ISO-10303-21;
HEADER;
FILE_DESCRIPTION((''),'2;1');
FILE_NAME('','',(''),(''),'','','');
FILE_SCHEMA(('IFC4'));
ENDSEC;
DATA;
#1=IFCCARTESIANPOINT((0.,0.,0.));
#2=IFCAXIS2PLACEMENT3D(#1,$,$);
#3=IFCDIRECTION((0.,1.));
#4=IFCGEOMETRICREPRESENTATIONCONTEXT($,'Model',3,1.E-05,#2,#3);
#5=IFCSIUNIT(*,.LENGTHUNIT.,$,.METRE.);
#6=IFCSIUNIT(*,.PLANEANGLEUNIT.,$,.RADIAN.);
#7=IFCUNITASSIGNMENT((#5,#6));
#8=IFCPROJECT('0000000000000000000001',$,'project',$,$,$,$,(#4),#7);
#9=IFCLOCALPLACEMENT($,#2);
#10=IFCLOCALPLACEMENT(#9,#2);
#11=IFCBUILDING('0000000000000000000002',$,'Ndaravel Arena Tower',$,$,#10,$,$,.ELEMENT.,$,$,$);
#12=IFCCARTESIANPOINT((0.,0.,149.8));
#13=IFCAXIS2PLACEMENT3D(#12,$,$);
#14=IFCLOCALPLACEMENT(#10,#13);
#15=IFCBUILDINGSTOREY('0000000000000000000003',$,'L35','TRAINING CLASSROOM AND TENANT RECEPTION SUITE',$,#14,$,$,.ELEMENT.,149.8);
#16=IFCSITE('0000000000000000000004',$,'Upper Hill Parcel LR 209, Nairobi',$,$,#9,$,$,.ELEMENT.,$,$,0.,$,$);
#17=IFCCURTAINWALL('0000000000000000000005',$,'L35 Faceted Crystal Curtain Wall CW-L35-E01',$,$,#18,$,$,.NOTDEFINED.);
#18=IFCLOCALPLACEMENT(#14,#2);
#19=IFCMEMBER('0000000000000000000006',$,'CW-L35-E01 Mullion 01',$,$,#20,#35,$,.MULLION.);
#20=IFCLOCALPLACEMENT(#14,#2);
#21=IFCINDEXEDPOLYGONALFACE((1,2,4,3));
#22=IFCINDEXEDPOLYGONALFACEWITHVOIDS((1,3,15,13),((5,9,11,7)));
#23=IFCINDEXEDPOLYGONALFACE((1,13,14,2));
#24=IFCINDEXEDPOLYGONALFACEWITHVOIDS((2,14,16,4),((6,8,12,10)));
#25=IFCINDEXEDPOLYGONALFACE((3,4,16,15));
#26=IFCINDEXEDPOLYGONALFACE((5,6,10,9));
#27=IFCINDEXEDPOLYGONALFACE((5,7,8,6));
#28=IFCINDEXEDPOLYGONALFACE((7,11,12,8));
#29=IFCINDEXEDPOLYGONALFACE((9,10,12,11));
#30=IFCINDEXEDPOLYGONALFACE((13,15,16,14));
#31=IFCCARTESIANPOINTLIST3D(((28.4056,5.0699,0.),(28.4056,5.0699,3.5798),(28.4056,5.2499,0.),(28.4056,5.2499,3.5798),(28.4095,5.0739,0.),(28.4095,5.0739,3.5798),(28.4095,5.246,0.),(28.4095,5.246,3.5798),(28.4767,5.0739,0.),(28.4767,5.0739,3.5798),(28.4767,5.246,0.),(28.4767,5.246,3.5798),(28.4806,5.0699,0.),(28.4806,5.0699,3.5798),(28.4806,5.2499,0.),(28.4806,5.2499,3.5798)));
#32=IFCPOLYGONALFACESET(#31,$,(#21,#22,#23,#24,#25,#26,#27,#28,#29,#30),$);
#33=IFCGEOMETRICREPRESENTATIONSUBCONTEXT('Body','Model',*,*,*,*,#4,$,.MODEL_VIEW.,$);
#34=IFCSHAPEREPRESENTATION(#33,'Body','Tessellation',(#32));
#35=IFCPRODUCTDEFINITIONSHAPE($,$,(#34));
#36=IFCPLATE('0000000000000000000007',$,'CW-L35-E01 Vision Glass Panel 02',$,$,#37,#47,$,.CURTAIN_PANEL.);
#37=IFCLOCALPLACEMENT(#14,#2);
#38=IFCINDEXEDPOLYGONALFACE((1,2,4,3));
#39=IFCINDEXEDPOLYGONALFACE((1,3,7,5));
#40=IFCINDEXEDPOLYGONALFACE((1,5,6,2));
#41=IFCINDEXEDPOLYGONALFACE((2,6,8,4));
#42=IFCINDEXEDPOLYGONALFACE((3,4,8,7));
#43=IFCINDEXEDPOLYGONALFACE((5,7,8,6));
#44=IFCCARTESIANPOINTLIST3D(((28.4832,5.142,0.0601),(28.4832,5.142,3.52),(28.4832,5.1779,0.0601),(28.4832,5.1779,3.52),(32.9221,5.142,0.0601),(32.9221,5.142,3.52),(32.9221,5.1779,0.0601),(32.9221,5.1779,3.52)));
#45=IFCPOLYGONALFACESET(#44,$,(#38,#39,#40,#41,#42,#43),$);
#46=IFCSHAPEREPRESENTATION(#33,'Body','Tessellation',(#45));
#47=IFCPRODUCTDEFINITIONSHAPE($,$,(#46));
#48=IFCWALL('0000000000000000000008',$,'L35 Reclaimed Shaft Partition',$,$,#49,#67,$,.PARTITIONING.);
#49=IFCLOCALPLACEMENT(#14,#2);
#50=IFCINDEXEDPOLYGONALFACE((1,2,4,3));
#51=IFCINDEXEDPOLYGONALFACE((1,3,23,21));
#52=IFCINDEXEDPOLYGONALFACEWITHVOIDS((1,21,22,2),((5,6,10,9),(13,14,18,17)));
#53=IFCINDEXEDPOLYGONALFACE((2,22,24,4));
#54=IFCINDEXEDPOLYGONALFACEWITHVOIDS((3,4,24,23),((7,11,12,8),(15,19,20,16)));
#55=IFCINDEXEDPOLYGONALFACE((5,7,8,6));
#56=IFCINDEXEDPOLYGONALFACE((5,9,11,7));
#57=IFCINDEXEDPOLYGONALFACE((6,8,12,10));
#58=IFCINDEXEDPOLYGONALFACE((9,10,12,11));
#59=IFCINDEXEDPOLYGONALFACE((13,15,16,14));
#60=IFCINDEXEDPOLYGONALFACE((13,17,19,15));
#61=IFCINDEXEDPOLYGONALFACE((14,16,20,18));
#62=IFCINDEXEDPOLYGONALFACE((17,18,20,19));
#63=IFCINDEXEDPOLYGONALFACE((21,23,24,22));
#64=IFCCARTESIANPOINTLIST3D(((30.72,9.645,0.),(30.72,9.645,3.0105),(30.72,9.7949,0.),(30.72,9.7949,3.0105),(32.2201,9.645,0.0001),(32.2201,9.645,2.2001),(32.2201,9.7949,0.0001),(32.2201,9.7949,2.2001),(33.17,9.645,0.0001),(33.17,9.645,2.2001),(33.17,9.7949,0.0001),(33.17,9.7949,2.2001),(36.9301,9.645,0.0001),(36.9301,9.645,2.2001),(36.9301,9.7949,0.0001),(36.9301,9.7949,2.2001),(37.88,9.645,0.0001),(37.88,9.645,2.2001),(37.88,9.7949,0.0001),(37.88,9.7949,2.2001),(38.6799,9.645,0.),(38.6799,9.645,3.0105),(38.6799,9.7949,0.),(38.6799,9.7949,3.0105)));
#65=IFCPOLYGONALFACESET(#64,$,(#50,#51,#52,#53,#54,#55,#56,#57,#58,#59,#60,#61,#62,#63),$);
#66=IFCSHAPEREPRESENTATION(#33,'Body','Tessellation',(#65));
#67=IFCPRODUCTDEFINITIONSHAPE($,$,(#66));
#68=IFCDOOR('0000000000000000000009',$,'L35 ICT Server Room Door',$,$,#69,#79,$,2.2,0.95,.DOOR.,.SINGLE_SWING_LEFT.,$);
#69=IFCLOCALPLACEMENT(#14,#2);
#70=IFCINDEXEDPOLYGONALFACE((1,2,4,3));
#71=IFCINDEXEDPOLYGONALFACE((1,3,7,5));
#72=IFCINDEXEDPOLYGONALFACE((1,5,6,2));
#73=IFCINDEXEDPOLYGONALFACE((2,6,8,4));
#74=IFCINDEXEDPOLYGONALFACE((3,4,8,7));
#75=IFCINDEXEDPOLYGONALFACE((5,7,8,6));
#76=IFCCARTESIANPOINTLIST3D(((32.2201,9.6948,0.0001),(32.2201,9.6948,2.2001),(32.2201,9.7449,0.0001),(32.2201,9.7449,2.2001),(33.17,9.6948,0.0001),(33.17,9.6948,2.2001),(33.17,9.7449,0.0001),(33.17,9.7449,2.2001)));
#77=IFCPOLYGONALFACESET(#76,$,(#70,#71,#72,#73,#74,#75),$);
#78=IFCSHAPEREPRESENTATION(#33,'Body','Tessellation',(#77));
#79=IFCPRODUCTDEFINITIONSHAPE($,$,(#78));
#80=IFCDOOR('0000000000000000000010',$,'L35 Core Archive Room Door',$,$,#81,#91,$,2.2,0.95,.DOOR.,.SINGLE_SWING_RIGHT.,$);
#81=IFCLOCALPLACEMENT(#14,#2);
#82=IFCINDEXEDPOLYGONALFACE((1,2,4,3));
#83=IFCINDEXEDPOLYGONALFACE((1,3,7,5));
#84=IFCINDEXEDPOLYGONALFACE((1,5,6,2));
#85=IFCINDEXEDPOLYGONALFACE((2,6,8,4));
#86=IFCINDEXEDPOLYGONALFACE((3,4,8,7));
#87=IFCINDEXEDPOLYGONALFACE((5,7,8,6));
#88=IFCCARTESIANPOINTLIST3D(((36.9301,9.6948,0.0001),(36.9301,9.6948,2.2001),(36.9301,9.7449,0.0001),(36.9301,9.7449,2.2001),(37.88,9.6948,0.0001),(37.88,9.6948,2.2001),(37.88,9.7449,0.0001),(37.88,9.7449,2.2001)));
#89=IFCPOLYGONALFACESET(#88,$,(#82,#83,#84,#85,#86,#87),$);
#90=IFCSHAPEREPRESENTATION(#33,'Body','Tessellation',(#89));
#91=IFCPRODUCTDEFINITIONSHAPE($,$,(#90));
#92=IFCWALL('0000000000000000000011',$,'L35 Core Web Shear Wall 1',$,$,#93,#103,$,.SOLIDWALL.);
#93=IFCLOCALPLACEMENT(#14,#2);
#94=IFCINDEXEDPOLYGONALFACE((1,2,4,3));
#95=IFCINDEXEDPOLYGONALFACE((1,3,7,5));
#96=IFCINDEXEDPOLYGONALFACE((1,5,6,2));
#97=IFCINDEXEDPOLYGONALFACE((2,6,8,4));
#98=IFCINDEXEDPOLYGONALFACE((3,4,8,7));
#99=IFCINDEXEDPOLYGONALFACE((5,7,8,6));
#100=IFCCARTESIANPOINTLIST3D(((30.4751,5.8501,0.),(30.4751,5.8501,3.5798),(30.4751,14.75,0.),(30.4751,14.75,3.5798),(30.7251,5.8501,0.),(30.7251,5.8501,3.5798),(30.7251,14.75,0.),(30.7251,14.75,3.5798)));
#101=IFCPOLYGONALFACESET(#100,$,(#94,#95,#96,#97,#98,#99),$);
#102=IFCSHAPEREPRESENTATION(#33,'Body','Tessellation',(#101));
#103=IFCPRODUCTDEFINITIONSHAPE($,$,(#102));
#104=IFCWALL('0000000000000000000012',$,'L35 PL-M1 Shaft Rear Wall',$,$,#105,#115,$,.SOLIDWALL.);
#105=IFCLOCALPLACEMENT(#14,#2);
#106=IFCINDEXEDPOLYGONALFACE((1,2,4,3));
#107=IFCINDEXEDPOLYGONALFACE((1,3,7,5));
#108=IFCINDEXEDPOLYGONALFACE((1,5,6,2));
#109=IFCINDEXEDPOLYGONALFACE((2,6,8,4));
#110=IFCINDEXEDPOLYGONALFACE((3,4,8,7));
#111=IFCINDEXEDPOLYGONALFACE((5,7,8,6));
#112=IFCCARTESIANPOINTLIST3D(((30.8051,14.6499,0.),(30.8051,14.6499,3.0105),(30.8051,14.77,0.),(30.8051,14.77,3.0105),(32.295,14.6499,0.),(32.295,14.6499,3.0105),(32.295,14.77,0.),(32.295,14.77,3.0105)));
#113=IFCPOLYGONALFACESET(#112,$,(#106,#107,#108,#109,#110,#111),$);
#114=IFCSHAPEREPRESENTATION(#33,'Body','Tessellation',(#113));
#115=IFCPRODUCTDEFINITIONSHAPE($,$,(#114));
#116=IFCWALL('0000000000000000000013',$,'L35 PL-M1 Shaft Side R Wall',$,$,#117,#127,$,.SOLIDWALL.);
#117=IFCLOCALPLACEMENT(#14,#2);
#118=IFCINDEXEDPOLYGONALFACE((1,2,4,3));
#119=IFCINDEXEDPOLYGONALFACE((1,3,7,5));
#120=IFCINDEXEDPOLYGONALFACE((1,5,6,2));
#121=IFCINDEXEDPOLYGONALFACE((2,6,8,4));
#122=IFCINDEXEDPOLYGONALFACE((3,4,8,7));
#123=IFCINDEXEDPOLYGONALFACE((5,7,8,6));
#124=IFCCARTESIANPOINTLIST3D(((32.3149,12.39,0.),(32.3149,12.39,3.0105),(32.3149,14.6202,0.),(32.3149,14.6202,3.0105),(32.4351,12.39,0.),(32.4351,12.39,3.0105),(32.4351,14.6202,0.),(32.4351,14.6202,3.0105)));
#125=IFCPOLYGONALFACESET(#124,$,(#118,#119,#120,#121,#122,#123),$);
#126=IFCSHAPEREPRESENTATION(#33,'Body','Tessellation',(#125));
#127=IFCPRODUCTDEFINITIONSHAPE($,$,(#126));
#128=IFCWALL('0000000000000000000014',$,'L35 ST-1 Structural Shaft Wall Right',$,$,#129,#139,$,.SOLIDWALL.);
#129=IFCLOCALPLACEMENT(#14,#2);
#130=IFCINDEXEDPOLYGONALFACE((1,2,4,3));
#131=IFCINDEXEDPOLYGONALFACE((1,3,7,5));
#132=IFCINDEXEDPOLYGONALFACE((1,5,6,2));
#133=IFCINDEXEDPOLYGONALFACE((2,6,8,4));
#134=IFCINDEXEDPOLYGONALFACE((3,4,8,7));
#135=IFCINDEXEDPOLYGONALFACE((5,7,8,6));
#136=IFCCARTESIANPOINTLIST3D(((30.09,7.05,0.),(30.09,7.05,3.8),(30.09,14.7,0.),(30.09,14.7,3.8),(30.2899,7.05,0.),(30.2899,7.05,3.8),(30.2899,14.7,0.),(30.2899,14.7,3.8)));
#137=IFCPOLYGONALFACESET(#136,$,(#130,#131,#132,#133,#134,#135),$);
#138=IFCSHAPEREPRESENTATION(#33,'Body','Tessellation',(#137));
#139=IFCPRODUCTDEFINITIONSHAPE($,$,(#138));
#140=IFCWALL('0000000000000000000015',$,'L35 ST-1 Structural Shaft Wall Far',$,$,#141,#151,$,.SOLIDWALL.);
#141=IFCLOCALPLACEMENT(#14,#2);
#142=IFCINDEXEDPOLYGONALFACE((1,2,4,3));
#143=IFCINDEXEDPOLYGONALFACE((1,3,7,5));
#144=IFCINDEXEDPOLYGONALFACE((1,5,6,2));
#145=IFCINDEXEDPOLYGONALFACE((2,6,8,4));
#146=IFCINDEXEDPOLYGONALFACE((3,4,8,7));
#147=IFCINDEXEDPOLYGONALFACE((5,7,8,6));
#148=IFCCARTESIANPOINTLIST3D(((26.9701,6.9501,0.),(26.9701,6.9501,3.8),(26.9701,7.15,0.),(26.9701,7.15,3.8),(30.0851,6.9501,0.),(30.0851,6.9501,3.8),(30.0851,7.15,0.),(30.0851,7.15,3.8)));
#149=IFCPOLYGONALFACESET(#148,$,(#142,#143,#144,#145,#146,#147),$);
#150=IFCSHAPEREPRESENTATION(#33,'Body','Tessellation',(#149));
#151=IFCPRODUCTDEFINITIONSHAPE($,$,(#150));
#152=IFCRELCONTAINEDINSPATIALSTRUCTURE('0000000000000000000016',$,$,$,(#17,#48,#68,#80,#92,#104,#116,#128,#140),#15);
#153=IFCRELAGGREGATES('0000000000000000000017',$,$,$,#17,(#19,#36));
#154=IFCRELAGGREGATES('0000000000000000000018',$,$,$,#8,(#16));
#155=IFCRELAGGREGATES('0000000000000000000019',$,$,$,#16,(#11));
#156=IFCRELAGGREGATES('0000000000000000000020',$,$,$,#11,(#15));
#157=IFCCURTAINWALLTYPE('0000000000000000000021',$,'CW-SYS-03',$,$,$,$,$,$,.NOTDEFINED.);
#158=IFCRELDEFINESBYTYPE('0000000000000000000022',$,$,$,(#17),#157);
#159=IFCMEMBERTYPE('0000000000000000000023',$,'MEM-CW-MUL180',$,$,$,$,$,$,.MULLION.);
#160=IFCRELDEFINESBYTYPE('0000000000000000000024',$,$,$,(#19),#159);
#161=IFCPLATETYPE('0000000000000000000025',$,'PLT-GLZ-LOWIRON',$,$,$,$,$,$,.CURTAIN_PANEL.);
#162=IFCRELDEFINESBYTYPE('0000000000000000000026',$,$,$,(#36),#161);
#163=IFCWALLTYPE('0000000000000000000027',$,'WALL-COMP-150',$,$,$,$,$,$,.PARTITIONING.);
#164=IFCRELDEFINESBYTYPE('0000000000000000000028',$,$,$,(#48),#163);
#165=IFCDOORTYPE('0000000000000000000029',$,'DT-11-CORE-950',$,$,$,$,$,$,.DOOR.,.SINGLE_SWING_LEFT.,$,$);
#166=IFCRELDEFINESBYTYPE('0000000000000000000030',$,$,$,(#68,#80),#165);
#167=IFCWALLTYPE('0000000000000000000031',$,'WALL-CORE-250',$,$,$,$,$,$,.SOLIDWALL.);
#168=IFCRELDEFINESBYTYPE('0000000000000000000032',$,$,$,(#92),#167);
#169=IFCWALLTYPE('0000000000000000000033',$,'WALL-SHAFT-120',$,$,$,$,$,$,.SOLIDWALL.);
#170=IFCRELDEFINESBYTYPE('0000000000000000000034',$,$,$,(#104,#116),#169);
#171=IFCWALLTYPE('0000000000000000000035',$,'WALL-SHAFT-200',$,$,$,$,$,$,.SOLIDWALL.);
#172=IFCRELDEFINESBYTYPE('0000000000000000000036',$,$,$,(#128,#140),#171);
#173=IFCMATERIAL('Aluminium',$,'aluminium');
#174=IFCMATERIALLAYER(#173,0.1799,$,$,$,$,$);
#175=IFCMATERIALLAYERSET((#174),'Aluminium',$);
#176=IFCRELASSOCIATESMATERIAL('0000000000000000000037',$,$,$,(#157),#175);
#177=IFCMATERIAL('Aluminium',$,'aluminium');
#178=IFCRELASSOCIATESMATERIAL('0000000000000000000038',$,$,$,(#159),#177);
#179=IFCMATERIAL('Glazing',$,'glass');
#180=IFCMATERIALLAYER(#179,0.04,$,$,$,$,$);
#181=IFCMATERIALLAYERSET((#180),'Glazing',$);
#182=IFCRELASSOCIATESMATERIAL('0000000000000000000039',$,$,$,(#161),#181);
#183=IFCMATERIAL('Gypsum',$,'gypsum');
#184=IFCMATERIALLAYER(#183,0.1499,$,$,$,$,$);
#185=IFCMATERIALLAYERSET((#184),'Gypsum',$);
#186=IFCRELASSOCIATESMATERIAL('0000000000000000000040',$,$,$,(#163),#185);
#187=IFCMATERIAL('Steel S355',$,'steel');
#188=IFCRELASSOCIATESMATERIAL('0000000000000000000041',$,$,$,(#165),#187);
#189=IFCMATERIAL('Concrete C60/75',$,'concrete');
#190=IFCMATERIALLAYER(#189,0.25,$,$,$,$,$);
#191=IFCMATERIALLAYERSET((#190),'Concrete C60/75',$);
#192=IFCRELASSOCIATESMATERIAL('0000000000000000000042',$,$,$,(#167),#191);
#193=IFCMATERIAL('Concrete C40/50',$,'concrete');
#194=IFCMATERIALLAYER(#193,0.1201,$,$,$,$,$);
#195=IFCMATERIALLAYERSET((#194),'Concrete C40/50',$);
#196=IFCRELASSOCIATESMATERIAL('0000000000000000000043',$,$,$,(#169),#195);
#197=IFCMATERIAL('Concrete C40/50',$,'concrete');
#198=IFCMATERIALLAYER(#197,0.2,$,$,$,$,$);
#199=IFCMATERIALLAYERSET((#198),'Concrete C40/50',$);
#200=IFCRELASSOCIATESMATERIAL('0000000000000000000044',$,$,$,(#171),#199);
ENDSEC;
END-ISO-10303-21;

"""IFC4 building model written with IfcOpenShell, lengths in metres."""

from ifc_helpers import new_model, si_unit, direction, frame, frame_2d, origin, origin_2d, place, context, subcontext, project, spatial, rectangle, hollow_rectangle, extrude, material, layer, layer_set, material_profile, profile_set, type_object, element, fill, aggregate, save


model = new_model("IFC4")

# Units and contexts
model_context = context("Model", 3, precision=1e-05, world=origin(), true_north=direction((0.0, 1.0)))
body_context = subcontext(model_context, "Body", "Model", "MODEL_VIEW")
ifc_project = project(units=[si_unit("LENGTHUNIT", "METRE"), si_unit("PLANEANGLEUNIT", "RADIAN")], contexts=[model_context])

# Site, building, storey
site_placement = place(None, origin())
site = spatial("IfcSite", under=ifc_project, at=site_placement, Name="Upper Hill Parcel LR 209, Nairobi", CompositionType="ELEMENT", RefElevation=0.0)
building_placement = place(site_placement, origin())
building = spatial("IfcBuilding", under=site, at=building_placement, Name="Ndaravel Arena Tower", CompositionType="ELEMENT")
storey_placement = place(building_placement, frame((0.0, 0.0, 149.8)))
storey = spatial("IfcBuildingStorey", under=building, at=storey_placement, Name="L35", Description="TRAINING CLASSROOM AND TENANT RECEPTION SUITE", CompositionType="ELEMENT", Elevation=149.8)

# Curtain wall, member, plate
ifc_material_1 = material(Name="Aluminium", Category="aluminium")
ifc_layer_1 = layer(ifc_material_1, 0.1799)
ifc_layer_set_1 = layer_set([ifc_layer_1], Name="Aluminium")
curtain_wall_type = type_object("IfcCurtainWallType", Name="CW-SYS-03", PredefinedType="NOTDEFINED", material=ifc_layer_set_1)
curtain_wall_placement = place(storey_placement, origin())
curtain_wall = element("IfcCurtainWall", 1, at=curtain_wall_placement, inside=storey, type_object=curtain_wall_type, Name="L35 Faceted Crystal Curtain Wall CW-L35-E01", PredefinedType="NOTDEFINED")
ifc_material_2 = material(Name="Aluminium", Category="aluminium")
ifc_material_profile = material_profile(ifc_material_2, hollow_rectangle(XDim=0.075, YDim=0.1799, WallThickness=0.0039, at=origin_2d()), Name="CW MULLION 75x180x4")
ifc_profile_set = profile_set([ifc_material_profile], Name="Aluminium")
member_type = type_object("IfcMemberType", Name="MEM-CW-MUL180", PredefinedType="MULLION", material=ifc_profile_set)
member_placement = place(storey_placement, frame((28.4431, 5.1599, 0.0), z_axis=(0.0, 0.0, 1.0), x_axis=(1.0, 0.0, 0.0)))
member = element("IfcMember", 2, at=member_placement, type_object=member_type, Name="CW-L35-E01 Mullion 01", PredefinedType="MULLION", context=body_context, shape_type="SweptSolid", body=[
    extrude(hollow_rectangle(XDim=0.075, YDim=0.1799, WallThickness=0.0039, at=origin_2d()), origin(), (0.0, 0.0, 1.0), 3.5798),
])
ifc_material_3 = material(Name="Glazing", Category="glass")
ifc_layer_2 = layer(ifc_material_3, 0.04)
ifc_layer_set_2 = layer_set([ifc_layer_2], Name="Glazing")
plate_type = type_object("IfcPlateType", Name="PLT-GLZ-LOWIRON", PredefinedType="CURTAIN_PANEL", material=ifc_layer_set_2)
plate_placement = place(storey_placement, frame((30.7026, 5.1599, 0.0601), z_axis=(0.0, 0.0, 1.0), x_axis=(1.0, 0.0, 0.0)))
plate = element("IfcPlate", 3, at=plate_placement, type_object=plate_type, Name="CW-L35-E01 Vision Glass Panel 02", PredefinedType="CURTAIN_PANEL", context=body_context, shape_type="SweptSolid", body=[
    extrude(rectangle(XDim=4.439, YDim=0.0359, at=origin_2d()), origin(), (0.0, 0.0, 1.0), 3.46),
])
aggregate(curtain_wall, [member, plate])

# Wall, openings, doors
ifc_material_4 = material(Name="Gypsum", Category="gypsum")
ifc_layer_3 = layer(ifc_material_4, 0.1499)
ifc_layer_set_3 = layer_set([ifc_layer_3], Name="Gypsum")
wall_type_1 = type_object("IfcWallType", Name="WALL-COMP-150", PredefinedType="PARTITIONING", material=ifc_layer_set_3)
wall_1_placement = place(storey_placement, frame((30.72, 9.72, 0.0), z_axis=(0.0, 0.0, 1.0), x_axis=(1.0, 0.0, 0.0)))
wall_1 = element("IfcWall", 4, at=wall_1_placement, inside=storey, type_object=wall_type_1, Name="L35 Reclaimed Shaft Partition", PredefinedType="PARTITIONING", context=body_context, shape_type="SweptSolid", body=[
    extrude(rectangle(XDim=7.96, YDim=0.1499, at=frame_2d((3.98, 0.0))), origin(), (0.0, 0.0, 1.0), 3.0105),
])
opening_1_placement = place(wall_1_placement, frame((1.5, 0.0, 0.0)))
opening_1 = element("IfcOpeningElement", 5, at=opening_1_placement, cuts=wall_1, PredefinedType="OPENING", context=body_context, shape_type="SweptSolid", body=[
    extrude(rectangle(XDim=0.95, YDim=2.2, at=frame_2d((0.4751, 1.1001))), frame((0.0, 0.075, 0.0), z_axis=(0.0, -1.0, 0.0), x_axis=(1.0, 0.0, 0.0)), (0.0, 0.0, 1.0), 0.1499),
])
opening_2_placement = place(wall_1_placement, frame((6.21, 0.0, 0.0)))
opening_2 = element("IfcOpeningElement", 6, at=opening_2_placement, cuts=wall_1, PredefinedType="OPENING", context=body_context, shape_type="SweptSolid", body=[
    extrude(rectangle(XDim=0.95, YDim=2.2, at=frame_2d((0.4751, 1.1001))), frame((0.0, 0.075, 0.0), z_axis=(0.0, -1.0, 0.0), x_axis=(1.0, 0.0, 0.0)), (0.0, 0.0, 1.0), 0.1499),
])
ifc_material_5 = material(Name="Steel S355", Category="steel")
door_type_1 = type_object("IfcDoorType", Name="DT-11-CORE-950", OperationType="SINGLE_SWING_LEFT", PredefinedType="DOOR", material=ifc_material_5)
door_1_placement = place(opening_1_placement, origin())
door_1 = element("IfcDoor", 7, at=door_1_placement, inside=storey, type_object=door_type_1, Name="L35 ICT Server Room Door", OperationType="SINGLE_SWING_LEFT", OverallHeight=2.2, OverallWidth=0.95, PredefinedType="DOOR", context=body_context, shape_type="SweptSolid", body=[
    extrude(rectangle(XDim=0.95, YDim=2.2, at=frame_2d((0.4751, 1.1001))), frame((0.0, 0.0249, 0.0), z_axis=(0.0, -1.0, 0.0), x_axis=(1.0, 0.0, 0.0)), (0.0, 0.0, 1.0), 0.05),
])
fill(opening_1, door_1)
door_2_placement = place(opening_2_placement, origin())
door_2 = element("IfcDoor", 8, at=door_2_placement, inside=storey, type_object=door_type_1, Name="L35 Core Archive Room Door", OperationType="SINGLE_SWING_RIGHT", OverallHeight=2.2, OverallWidth=0.95, PredefinedType="DOOR", context=body_context, shape_type="SweptSolid", body=[
    extrude(rectangle(XDim=0.95, YDim=2.2, at=frame_2d((0.4751, 1.1001))), frame((0.0, 0.0249, 0.0), z_axis=(0.0, -1.0, 0.0), x_axis=(1.0, 0.0, 0.0)), (0.0, 0.0, 1.0), 0.05),
])
fill(opening_2, door_2)

# Walls
ifc_material_6 = material(Name="Concrete C60/75", Category="concrete")
ifc_layer_4 = layer(ifc_material_6, 0.25)
ifc_layer_set_4 = layer_set([ifc_layer_4], Name="Concrete C60/75")
wall_type_2 = type_object("IfcWallType", Name="WALL-CORE-250", PredefinedType="SOLIDWALL", material=ifc_layer_set_4)
wall_2_placement = place(storey_placement, frame((30.6001, 5.8501, 0.0), z_axis=(0.0, 0.0, 1.0), x_axis=(0.0, 1.0, 0.0)))
element("IfcWall", 9, at=wall_2_placement, inside=storey, type_object=wall_type_2, Name="L35 Core Web Shear Wall 1", PredefinedType="SOLIDWALL", context=body_context, shape_type="SweptSolid", body=[
    extrude(rectangle(XDim=8.8999, YDim=0.25, at=frame_2d((4.45, 0.0))), origin(), (0.0, 0.0, 1.0), 3.5798),
])
ifc_material_7 = material(Name="Concrete C40/50", Category="concrete")
ifc_layer_5 = layer(ifc_material_7, 0.1201)
ifc_layer_set_5 = layer_set([ifc_layer_5], Name="Concrete C40/50")
wall_type_3 = type_object("IfcWallType", Name="WALL-SHAFT-120", PredefinedType="SOLIDWALL", material=ifc_layer_set_5)
wall_3_placement = place(storey_placement, frame((30.8049, 14.71, 0.0), z_axis=(0.0, 0.0, 1.0), x_axis=(1.0, 0.0, 0.0)))
element("IfcWall", 10, at=wall_3_placement, inside=storey, type_object=wall_type_3, Name="L35 PL-M1 Shaft Rear Wall", PredefinedType="SOLIDWALL", context=body_context, shape_type="SweptSolid", body=[
    extrude(rectangle(XDim=1.49, YDim=0.1201, at=frame_2d((0.7451, 0.0))), origin(), (0.0, 0.0, 1.0), 3.0105),
])
wall_4_placement = place(storey_placement, frame((32.375, 12.3899, 0.0), z_axis=(0.0, 0.0, 1.0), x_axis=(0.0, 1.0, 0.0)))
element("IfcWall", 11, at=wall_4_placement, inside=storey, type_object=wall_type_3, Name="L35 PL-M1 Shaft Side R Wall", PredefinedType="SOLIDWALL", context=body_context, shape_type="SweptSolid", body=[
    extrude(rectangle(XDim=2.2302, YDim=0.1201, at=frame_2d((1.1152, 0.0))), origin(), (0.0, 0.0, 1.0), 3.0105),
])
ifc_material_8 = material(Name="Concrete C40/50", Category="concrete")
ifc_layer_6 = layer(ifc_material_8, 0.2)
ifc_layer_set_6 = layer_set([ifc_layer_6], Name="Concrete C40/50")
wall_type_4 = type_object("IfcWallType", Name="WALL-SHAFT-200", PredefinedType="SOLIDWALL", material=ifc_layer_set_6)
wall_5_placement = place(storey_placement, frame((30.1899, 14.7, 0.0), z_axis=(0.0, 0.0, 1.0), x_axis=(0.0, -1.0, 0.0)))
element("IfcWall", 12, at=wall_5_placement, inside=storey, type_object=wall_type_4, Name="L35 ST-1 Structural Shaft Wall Right", PredefinedType="SOLIDWALL", context=body_context, shape_type="SweptSolid", body=[
    extrude(rectangle(XDim=7.6499, YDim=0.2, at=frame_2d((3.825, 0.0))), origin(), (0.0, 0.0, 1.0), 3.8),
])
wall_6_placement = place(storey_placement, frame((26.97, 7.05, 0.0), z_axis=(0.0, 0.0, 1.0), x_axis=(1.0, 0.0, 0.0)))
element("IfcWall", 13, at=wall_6_placement, inside=storey, type_object=wall_type_4, Name="L35 ST-1 Structural Shaft Wall Far", PredefinedType="SOLIDWALL", context=body_context, shape_type="SweptSolid", body=[
    extrude(rectangle(XDim=3.115, YDim=0.2, at=frame_2d((1.5576, 0.0))), origin(), (0.0, 0.0, 1.0), 3.8),
])

save(model, "model.ifc")
